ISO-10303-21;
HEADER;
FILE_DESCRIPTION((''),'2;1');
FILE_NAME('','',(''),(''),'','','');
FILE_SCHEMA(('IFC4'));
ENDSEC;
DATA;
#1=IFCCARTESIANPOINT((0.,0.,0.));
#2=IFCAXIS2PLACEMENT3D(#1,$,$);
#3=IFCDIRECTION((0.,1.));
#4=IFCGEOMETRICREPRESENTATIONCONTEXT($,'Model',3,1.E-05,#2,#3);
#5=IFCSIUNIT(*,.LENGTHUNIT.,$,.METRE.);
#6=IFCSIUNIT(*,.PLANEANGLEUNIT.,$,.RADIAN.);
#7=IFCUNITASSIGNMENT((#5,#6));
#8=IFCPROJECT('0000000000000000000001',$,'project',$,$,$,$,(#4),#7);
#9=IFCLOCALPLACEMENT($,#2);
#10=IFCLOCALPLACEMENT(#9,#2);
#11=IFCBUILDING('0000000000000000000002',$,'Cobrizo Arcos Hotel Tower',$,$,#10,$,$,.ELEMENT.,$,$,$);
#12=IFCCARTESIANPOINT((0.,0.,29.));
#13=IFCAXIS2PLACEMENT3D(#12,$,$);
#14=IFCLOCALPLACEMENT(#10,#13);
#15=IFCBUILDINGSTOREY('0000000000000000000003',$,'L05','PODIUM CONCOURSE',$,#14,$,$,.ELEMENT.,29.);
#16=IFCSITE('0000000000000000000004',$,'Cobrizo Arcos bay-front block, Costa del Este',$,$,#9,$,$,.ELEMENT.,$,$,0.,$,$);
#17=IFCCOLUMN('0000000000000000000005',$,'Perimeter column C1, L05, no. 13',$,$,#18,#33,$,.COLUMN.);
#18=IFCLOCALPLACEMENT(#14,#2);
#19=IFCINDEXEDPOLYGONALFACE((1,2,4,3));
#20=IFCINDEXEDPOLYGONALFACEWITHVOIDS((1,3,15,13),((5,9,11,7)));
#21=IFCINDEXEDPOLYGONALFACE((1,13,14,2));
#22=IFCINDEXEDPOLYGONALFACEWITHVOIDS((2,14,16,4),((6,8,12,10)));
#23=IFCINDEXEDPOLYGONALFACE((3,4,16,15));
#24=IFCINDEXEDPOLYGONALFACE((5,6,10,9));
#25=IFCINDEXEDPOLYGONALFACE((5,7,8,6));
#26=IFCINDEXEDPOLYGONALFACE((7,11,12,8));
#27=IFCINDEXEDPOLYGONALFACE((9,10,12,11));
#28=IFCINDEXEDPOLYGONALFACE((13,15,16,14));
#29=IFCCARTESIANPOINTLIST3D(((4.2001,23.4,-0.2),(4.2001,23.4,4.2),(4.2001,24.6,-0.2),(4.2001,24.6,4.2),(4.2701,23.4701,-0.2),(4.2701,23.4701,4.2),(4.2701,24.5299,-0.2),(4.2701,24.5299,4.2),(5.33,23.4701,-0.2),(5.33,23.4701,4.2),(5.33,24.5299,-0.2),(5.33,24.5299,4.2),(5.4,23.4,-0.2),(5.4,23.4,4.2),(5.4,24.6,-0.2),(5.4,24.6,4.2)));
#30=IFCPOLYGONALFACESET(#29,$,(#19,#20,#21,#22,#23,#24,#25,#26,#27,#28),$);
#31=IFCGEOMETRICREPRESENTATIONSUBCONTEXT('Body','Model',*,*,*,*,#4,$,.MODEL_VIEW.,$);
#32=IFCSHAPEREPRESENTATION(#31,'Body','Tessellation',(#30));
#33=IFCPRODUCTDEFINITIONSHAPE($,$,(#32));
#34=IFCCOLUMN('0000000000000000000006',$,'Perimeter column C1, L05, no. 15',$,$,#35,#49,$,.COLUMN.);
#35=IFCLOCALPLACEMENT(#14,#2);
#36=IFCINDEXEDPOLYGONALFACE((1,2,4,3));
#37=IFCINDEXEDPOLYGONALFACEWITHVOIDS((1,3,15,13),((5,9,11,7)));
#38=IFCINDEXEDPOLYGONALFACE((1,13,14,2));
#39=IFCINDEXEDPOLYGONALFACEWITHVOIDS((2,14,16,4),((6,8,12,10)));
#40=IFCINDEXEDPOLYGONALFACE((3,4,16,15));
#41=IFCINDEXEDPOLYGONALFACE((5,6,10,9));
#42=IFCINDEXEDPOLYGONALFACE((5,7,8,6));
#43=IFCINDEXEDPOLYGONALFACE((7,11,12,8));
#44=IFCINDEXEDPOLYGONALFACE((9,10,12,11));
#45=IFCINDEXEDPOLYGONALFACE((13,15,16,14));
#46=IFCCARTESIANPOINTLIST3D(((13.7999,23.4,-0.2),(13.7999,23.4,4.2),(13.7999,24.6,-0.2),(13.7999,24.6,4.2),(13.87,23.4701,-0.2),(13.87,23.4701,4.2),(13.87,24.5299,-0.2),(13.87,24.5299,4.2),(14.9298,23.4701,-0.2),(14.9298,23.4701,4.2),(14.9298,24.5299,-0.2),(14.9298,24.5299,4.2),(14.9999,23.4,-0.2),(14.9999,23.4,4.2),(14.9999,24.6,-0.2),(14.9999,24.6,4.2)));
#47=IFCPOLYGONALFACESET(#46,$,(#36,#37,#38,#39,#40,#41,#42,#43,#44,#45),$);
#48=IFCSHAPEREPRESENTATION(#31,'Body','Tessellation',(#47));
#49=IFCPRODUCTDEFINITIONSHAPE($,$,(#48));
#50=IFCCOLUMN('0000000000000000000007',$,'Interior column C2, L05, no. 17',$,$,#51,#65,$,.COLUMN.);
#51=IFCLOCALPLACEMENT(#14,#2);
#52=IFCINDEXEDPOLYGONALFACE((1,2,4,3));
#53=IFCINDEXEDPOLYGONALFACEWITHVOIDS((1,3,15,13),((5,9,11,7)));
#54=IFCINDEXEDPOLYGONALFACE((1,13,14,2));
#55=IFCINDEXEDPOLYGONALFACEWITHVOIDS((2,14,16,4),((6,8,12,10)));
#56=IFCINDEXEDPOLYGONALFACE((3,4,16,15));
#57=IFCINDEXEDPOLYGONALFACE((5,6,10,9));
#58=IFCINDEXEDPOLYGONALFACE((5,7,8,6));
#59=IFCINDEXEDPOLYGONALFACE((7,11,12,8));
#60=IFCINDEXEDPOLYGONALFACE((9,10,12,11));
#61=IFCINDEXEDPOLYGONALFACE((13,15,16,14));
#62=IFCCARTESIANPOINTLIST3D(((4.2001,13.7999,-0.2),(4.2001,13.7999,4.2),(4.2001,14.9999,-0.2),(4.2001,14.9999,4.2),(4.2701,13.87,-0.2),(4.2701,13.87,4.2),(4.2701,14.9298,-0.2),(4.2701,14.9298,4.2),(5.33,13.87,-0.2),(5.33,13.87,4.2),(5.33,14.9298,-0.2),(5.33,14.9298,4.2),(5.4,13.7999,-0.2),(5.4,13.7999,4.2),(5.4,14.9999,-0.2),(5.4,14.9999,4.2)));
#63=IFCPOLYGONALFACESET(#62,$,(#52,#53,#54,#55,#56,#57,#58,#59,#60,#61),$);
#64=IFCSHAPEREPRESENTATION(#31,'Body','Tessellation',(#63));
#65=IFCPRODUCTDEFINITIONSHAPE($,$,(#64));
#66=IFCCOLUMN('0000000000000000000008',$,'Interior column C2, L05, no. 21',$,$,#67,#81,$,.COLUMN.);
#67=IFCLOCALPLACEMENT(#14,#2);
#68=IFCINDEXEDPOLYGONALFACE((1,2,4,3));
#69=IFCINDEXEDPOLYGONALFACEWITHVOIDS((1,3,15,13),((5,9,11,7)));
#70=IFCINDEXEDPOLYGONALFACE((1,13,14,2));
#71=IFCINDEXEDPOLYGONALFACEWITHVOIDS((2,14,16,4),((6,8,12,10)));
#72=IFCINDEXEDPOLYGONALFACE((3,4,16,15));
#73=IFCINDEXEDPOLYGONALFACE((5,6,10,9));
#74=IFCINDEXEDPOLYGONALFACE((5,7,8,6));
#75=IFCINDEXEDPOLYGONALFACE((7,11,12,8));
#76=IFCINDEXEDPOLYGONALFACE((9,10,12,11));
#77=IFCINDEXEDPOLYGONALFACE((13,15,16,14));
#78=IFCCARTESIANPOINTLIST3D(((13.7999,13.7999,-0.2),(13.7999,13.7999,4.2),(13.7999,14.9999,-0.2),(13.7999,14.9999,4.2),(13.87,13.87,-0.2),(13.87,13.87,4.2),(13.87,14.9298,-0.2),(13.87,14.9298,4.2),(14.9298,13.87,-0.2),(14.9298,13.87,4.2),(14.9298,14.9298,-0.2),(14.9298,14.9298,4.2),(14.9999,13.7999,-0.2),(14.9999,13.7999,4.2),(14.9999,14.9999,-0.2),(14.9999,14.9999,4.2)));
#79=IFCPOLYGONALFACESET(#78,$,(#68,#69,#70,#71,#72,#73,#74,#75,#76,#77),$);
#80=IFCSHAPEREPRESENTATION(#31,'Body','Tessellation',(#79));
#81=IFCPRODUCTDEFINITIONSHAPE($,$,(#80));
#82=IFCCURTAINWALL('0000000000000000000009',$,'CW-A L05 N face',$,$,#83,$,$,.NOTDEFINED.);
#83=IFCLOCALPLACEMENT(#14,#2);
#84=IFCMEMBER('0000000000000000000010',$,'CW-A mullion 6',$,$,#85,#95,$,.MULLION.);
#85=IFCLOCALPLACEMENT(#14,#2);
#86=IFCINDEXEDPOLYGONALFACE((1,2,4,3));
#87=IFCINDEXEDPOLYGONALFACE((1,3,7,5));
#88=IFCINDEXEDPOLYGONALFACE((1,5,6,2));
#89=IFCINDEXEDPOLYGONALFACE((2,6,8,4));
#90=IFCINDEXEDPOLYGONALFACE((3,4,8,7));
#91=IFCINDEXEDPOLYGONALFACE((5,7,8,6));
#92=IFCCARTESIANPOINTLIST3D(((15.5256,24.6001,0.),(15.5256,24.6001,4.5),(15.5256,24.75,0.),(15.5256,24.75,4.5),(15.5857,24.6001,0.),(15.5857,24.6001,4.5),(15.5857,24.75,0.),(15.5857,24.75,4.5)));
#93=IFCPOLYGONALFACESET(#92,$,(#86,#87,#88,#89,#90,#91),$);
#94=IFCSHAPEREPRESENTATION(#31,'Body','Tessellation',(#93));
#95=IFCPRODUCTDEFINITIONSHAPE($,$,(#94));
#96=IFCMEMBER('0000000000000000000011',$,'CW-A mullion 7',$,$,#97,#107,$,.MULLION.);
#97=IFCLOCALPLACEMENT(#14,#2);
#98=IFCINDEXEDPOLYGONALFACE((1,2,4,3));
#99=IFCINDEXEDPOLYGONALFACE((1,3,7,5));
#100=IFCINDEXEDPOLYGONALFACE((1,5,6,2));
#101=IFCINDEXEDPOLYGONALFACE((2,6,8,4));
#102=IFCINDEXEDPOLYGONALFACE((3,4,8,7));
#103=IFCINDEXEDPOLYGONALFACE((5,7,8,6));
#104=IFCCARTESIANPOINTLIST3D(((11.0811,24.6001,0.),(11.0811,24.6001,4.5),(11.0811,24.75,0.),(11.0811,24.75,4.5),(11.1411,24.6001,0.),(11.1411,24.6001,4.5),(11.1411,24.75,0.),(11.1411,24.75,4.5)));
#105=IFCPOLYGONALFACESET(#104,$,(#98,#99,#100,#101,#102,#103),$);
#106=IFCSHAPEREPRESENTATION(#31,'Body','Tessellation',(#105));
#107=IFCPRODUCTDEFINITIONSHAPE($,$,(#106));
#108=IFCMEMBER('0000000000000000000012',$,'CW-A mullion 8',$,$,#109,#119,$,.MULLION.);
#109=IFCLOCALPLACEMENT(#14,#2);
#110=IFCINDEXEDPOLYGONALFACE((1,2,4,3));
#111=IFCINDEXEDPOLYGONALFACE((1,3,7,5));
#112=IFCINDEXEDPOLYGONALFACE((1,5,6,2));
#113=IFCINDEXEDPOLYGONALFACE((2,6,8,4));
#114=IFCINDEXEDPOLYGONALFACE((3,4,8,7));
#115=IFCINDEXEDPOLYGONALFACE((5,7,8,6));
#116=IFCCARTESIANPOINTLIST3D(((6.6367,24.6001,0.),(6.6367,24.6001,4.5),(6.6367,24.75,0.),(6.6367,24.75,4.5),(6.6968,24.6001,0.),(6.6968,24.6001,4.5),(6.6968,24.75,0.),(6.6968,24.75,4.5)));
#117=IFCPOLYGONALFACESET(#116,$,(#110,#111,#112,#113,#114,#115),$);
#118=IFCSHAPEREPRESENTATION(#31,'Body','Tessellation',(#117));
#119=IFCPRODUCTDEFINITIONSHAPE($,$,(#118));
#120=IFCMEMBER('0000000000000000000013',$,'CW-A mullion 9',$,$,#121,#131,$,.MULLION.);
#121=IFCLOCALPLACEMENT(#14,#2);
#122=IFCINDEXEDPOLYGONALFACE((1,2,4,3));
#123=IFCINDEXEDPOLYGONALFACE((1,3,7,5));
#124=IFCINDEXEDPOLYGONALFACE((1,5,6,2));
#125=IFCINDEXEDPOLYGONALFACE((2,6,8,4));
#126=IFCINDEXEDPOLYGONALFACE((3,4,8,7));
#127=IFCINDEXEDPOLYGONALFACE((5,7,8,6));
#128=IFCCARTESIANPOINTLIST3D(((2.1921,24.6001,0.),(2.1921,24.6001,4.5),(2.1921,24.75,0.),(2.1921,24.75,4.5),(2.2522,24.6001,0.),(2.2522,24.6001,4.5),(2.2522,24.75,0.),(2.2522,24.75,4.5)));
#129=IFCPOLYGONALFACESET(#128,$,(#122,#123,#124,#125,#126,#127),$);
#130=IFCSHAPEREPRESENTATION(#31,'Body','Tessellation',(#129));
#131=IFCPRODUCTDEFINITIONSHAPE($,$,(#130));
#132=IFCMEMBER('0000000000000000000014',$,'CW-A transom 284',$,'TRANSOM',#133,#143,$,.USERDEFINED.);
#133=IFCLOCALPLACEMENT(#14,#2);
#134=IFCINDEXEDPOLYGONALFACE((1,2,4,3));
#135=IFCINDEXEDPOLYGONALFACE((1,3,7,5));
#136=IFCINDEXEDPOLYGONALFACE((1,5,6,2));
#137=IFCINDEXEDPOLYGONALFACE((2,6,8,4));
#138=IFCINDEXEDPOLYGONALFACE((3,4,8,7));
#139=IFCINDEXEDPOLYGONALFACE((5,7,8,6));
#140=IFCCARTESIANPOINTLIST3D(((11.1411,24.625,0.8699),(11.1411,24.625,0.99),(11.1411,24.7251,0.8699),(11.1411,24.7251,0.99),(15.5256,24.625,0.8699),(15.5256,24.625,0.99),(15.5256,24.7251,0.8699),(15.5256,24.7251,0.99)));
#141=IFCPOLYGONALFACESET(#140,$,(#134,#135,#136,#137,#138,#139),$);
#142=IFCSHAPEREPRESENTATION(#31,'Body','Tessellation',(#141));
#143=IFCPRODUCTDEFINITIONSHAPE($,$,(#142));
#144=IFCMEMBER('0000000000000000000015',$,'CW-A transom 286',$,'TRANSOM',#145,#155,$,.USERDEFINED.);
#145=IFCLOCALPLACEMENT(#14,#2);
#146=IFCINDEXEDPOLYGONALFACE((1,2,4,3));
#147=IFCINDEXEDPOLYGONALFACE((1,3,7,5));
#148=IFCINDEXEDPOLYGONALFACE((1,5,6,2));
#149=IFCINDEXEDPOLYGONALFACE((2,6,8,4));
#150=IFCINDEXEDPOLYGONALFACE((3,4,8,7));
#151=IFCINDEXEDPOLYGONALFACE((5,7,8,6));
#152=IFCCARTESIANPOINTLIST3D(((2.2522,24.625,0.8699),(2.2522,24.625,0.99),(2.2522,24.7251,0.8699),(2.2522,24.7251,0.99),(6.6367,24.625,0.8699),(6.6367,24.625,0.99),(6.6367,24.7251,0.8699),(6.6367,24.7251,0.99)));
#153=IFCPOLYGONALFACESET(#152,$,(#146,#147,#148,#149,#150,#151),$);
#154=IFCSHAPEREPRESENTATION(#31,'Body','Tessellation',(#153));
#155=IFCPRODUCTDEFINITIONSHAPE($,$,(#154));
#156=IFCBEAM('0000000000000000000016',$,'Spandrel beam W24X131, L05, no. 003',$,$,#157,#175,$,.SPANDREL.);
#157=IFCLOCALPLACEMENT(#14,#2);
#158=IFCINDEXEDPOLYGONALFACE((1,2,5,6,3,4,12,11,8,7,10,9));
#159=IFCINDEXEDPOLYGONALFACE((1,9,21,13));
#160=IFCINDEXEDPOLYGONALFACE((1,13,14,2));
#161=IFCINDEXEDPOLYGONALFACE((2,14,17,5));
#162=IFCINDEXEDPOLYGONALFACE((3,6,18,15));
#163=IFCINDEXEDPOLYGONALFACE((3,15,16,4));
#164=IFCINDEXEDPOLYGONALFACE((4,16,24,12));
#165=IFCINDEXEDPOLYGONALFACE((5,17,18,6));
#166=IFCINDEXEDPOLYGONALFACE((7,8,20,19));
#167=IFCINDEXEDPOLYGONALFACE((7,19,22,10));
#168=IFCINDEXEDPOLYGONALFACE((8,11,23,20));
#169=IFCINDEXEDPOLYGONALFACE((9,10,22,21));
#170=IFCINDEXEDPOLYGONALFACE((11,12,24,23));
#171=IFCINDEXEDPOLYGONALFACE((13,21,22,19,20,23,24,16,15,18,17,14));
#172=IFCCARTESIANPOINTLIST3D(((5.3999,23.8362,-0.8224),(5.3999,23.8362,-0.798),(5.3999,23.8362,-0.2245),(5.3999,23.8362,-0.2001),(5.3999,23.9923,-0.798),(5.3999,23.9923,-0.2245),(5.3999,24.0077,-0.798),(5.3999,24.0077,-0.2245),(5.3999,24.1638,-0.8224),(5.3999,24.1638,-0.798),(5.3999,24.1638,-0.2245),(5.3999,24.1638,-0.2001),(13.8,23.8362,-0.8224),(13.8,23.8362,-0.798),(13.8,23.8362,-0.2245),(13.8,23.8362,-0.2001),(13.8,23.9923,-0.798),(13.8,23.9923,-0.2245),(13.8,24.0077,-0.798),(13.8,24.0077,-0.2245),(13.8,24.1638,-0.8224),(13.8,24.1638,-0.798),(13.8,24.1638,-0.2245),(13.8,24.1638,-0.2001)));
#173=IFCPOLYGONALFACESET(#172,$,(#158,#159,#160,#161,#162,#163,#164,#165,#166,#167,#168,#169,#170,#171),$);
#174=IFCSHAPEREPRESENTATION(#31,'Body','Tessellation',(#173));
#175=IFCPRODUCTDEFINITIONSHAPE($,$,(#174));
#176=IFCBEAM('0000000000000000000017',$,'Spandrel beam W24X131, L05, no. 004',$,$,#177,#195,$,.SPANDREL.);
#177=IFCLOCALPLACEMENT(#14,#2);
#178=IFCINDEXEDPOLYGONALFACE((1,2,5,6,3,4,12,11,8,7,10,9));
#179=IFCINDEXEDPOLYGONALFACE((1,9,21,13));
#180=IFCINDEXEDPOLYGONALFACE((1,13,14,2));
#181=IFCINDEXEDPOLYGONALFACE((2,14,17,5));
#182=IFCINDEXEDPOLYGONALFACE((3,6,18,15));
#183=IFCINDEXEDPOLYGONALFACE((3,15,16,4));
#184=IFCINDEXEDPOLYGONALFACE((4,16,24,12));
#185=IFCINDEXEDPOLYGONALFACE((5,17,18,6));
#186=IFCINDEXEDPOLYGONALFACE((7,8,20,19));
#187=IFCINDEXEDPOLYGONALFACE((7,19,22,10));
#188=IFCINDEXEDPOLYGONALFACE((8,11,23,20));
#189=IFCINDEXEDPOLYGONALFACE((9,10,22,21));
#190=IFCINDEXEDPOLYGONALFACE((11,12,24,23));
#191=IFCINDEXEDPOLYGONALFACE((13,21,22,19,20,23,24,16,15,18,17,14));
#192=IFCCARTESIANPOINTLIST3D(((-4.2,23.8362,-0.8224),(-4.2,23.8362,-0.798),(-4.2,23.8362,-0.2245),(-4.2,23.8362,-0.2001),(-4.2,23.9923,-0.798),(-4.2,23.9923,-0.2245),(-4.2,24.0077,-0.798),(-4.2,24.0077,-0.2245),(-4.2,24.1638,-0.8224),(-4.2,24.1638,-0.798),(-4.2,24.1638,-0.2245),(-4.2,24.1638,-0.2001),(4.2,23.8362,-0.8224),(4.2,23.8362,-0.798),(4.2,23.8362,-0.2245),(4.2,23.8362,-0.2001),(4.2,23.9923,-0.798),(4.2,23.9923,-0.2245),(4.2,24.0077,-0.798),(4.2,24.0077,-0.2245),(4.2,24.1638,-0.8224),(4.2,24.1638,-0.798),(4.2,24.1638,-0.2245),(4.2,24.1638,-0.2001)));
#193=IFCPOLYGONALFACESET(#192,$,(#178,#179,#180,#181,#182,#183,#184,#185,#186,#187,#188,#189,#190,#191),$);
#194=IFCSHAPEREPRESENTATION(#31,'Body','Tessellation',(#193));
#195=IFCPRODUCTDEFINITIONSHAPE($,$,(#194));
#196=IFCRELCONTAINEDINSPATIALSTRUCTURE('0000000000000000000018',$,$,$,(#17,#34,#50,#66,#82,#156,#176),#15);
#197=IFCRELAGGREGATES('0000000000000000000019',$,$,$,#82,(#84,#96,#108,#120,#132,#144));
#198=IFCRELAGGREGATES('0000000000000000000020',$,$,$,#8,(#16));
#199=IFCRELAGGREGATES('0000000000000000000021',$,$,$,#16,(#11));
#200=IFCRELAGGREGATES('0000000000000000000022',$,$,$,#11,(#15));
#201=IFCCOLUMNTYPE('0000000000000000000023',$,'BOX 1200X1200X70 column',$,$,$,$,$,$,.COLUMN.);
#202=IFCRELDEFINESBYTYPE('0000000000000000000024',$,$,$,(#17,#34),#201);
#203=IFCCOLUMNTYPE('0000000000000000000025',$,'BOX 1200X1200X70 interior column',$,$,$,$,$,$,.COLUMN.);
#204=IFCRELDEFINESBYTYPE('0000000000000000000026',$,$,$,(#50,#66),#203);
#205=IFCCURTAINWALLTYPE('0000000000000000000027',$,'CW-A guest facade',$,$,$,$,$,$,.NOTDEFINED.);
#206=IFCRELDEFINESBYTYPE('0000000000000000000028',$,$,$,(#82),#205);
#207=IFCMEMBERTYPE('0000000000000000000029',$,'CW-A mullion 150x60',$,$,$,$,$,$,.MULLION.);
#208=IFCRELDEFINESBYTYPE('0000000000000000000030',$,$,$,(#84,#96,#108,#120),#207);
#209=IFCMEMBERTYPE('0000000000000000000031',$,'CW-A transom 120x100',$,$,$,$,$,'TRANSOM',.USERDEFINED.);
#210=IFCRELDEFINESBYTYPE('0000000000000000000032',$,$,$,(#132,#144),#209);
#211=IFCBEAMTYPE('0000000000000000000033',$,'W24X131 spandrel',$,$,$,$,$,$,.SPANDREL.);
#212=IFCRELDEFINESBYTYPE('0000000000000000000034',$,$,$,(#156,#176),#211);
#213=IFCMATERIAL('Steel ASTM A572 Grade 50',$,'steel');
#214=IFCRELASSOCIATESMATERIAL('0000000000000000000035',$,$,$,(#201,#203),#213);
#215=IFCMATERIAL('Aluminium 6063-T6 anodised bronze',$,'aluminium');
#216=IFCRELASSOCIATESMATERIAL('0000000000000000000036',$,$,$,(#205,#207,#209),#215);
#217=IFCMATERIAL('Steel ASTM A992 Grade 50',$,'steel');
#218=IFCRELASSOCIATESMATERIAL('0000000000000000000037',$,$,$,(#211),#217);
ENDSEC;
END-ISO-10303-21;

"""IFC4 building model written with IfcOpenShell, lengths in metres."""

from ifc_helpers import new_model, si_unit, direction, frame, origin, origin_2d, place, context, subcontext, project, spatial, rectangle, hollow_rectangle, i_section, extrude, material, material_profile, profile_set, type_object, element, aggregate, save


model = new_model("IFC4")

# Units and contexts
model_context = context("Model", 3, precision=1e-05, world=origin(), true_north=direction((0.0, 1.0)))
body_context = subcontext(model_context, "Body", "Model", "MODEL_VIEW")
ifc_project = project(units=[si_unit("LENGTHUNIT", "METRE"), si_unit("PLANEANGLEUNIT", "RADIAN")], contexts=[model_context])

# Site, building, storey
site_placement = place(None, origin())
site = spatial("IfcSite", under=ifc_project, at=site_placement, Name="Cobrizo Arcos bay-front block, Costa del Este", CompositionType="ELEMENT", RefElevation=0.0)
building_placement = place(site_placement, origin())
building = spatial("IfcBuilding", under=site, at=building_placement, Name="Cobrizo Arcos Hotel Tower", CompositionType="ELEMENT")
storey_placement = place(building_placement, frame((0.0, 0.0, 29.0)))
storey = spatial("IfcBuildingStorey", under=building, at=storey_placement, Name="L05", Description="PODIUM CONCOURSE", CompositionType="ELEMENT", Elevation=29.0)

# Columns
ifc_material_1 = material(Name="Steel ASTM A572 Grade 50", Category="steel")
ifc_material_profile_1 = material_profile(ifc_material_1, hollow_rectangle(XDim=1.2, YDim=1.2, WallThickness=0.0701, at=origin_2d()), Name="BOX 1200X1200X70")
ifc_profile_set_1 = profile_set([ifc_material_profile_1], Name="Steel ASTM A572 Grade 50")
column_type_1 = type_object("IfcColumnType", Name="BOX 1200X1200X70 column", PredefinedType="COLUMN", material=ifc_profile_set_1)
for number, where, z_axis, x_axis, name in (
    (1, (4.8, 24.0, -0.2), (0.0, 0.0, 1.0), (1.0, 0.0, 0.0), "Perimeter column C1, L05, no. 13"),
    (2, (14.3999, 24.0, -0.2), (0.0, 0.0, 1.0), (1.0, 0.0, 0.0), "Perimeter column C1, L05, no. 15"),
):
    element("IfcColumn", number, at=place(storey_placement, frame(where, z_axis=z_axis, x_axis=x_axis)), inside=storey, type_object=column_type_1, Name=name, PredefinedType="COLUMN", context=body_context, shape_type="SweptSolid", body=[
        extrude(hollow_rectangle(XDim=1.2, YDim=1.2, WallThickness=0.0701, at=origin_2d()), origin(), (0.0, 0.0, 1.0), 4.3999),
    ])
ifc_material_profile_2 = material_profile(ifc_material_1, hollow_rectangle(XDim=1.2, YDim=1.2, WallThickness=0.0701, at=origin_2d()), Name="BOX 1200X1200X70")
ifc_profile_set_2 = profile_set([ifc_material_profile_2], Name="Steel ASTM A572 Grade 50")
column_type_2 = type_object("IfcColumnType", Name="BOX 1200X1200X70 interior column", PredefinedType="COLUMN", material=ifc_profile_set_2)
for number, where, z_axis, x_axis, name in (
    (3, (4.8, 14.3999, -0.2), (0.0, 0.0, 1.0), (1.0, 0.0, 0.0), "Interior column C2, L05, no. 17"),
    (4, (14.3999, 14.3999, -0.2), (0.0, 0.0, 1.0), (1.0, 0.0, 0.0), "Interior column C2, L05, no. 21"),
):
    element("IfcColumn", number, at=place(storey_placement, frame(where, z_axis=z_axis, x_axis=x_axis)), inside=storey, type_object=column_type_2, Name=name, PredefinedType="COLUMN", context=body_context, shape_type="SweptSolid", body=[
        extrude(hollow_rectangle(XDim=1.2, YDim=1.2, WallThickness=0.0701, at=origin_2d()), origin(), (0.0, 0.0, 1.0), 4.3999),
    ])

# Curtain wall, members
ifc_material_2 = material(Name="Aluminium 6063-T6 anodised bronze", Category="aluminium")
curtain_wall_type = type_object("IfcCurtainWallType", Name="CW-A guest facade", PredefinedType="NOTDEFINED", material=ifc_material_2)
curtain_wall_placement = place(storey_placement, origin())
curtain_wall = element("IfcCurtainWall", 5, at=curtain_wall_placement, inside=storey, type_object=curtain_wall_type, Name="CW-A L05 N face", PredefinedType="NOTDEFINED")
ifc_material_profile_3 = material_profile(ifc_material_2, rectangle(XDim=0.1499, YDim=0.0601, at=origin_2d()), Name="CW-A mullion 150x60")
ifc_profile_set_3 = profile_set([ifc_material_profile_3], Name="Aluminium 6063-T6 anodised bronze")
member_type_1 = type_object("IfcMemberType", Name="CW-A mullion 150x60", PredefinedType="MULLION", material=ifc_profile_set_3)
member_1_placement = place(storey_placement, frame((15.5557, 24.675, 0.0), z_axis=(0.0, 0.0, 1.0), x_axis=(0.0, 1.0, 0.0)))
member_1 = element("IfcMember", 6, at=member_1_placement, type_object=member_type_1, Name="CW-A mullion 6", PredefinedType="MULLION", context=body_context, shape_type="SweptSolid", body=[
    extrude(rectangle(XDim=0.1499, YDim=0.0601, at=origin_2d()), origin(), (0.0, 0.0, 1.0), 4.5),
])
member_2_placement = place(storey_placement, frame((11.1111, 24.675, 0.0), z_axis=(0.0, 0.0, 1.0), x_axis=(0.0, 1.0, 0.0)))
member_2 = element("IfcMember", 7, at=member_2_placement, type_object=member_type_1, Name="CW-A mullion 7", PredefinedType="MULLION", context=body_context, shape_type="SweptSolid", body=[
    extrude(rectangle(XDim=0.1499, YDim=0.0601, at=origin_2d()), origin(), (0.0, 0.0, 1.0), 4.5),
])
member_3_placement = place(storey_placement, frame((6.6667, 24.675, 0.0), z_axis=(0.0, 0.0, 1.0), x_axis=(0.0, 1.0, 0.0)))
member_3 = element("IfcMember", 8, at=member_3_placement, type_object=member_type_1, Name="CW-A mullion 8", PredefinedType="MULLION", context=body_context, shape_type="SweptSolid", body=[
    extrude(rectangle(XDim=0.1499, YDim=0.0601, at=origin_2d()), origin(), (0.0, 0.0, 1.0), 4.5),
])
member_4_placement = place(storey_placement, frame((2.2222, 24.675, 0.0), z_axis=(0.0, 0.0, 1.0), x_axis=(0.0, 1.0, 0.0)))
member_4 = element("IfcMember", 9, at=member_4_placement, type_object=member_type_1, Name="CW-A mullion 9", PredefinedType="MULLION", context=body_context, shape_type="SweptSolid", body=[
    extrude(rectangle(XDim=0.1499, YDim=0.0601, at=origin_2d()), origin(), (0.0, 0.0, 1.0), 4.5),
])
ifc_material_profile_4 = material_profile(ifc_material_2, rectangle(XDim=0.1001, YDim=0.1201, at=origin_2d()), Name="CW-A transom 120x100")
ifc_profile_set_4 = profile_set([ifc_material_profile_4], Name="Aluminium 6063-T6 anodised bronze")
member_type_2 = type_object("IfcMemberType", Name="CW-A transom 120x100", ElementType="TRANSOM", PredefinedType="USERDEFINED", material=ifc_profile_set_4)
member_5_placement = place(storey_placement, frame((15.5256, 24.675, 0.9299), z_axis=(-1.0, 0.0, 0.0), x_axis=(0.0, -1.0, 0.0)))
member_5 = element("IfcMember", 10, at=member_5_placement, type_object=member_type_2, Name="CW-A transom 284", ObjectType="TRANSOM", PredefinedType="USERDEFINED", context=body_context, shape_type="SweptSolid", body=[
    extrude(rectangle(XDim=0.1001, YDim=0.1201, at=origin_2d()), origin(), (0.0, 0.0, 1.0), 4.3845),
])
member_6_placement = place(storey_placement, frame((6.6367, 24.675, 0.9299), z_axis=(-1.0, 0.0, 0.0), x_axis=(0.0, -1.0, 0.0)))
member_6 = element("IfcMember", 11, at=member_6_placement, type_object=member_type_2, Name="CW-A transom 286", ObjectType="TRANSOM", PredefinedType="USERDEFINED", context=body_context, shape_type="SweptSolid", body=[
    extrude(rectangle(XDim=0.1001, YDim=0.1201, at=origin_2d()), origin(), (0.0, 0.0, 1.0), 4.3845),
])

# Beams
ifc_material_3 = material(Name="Steel ASTM A992 Grade 50", Category="steel")
ifc_material_profile_5 = material_profile(ifc_material_3, i_section(OverallWidth=0.3276, OverallDepth=0.6223, WebThickness=0.0154, FlangeThickness=0.0244, at=origin_2d()), Name="W24X131")
ifc_profile_set_5 = profile_set([ifc_material_profile_5], Name="Steel ASTM A992 Grade 50")
beam_type_1 = type_object("IfcBeamType", Name="W24X131 spandrel", PredefinedType="SPANDREL", material=ifc_profile_set_5)
beam_1_placement = place(storey_placement, frame((13.8, 24.0, -0.5112), z_axis=(-1.0, 0.0, 0.0), x_axis=(0.0, -1.0, 0.0)))
element("IfcBeam", 12, at=beam_1_placement, inside=storey, type_object=beam_type_1, Name="Spandrel beam W24X131, L05, no. 003", PredefinedType="SPANDREL", context=body_context, shape_type="SweptSolid", body=[
    extrude(i_section(OverallWidth=0.3276, OverallDepth=0.6223, WebThickness=0.0154, FlangeThickness=0.0244, at=origin_2d()), origin(), (0.0, 0.0, 1.0), 8.4001),
])
beam_2_placement = place(storey_placement, frame((4.2, 24.0, -0.5112), z_axis=(-1.0, 0.0, 0.0), x_axis=(0.0, -1.0, 0.0)))
element("IfcBeam", 13, at=beam_2_placement, inside=storey, type_object=beam_type_1, Name="Spandrel beam W24X131, L05, no. 004", PredefinedType="SPANDREL", context=body_context, shape_type="SweptSolid", body=[
    extrude(i_section(OverallWidth=0.3276, OverallDepth=0.6223, WebThickness=0.0154, FlangeThickness=0.0244, at=origin_2d()), origin(), (0.0, 0.0, 1.0), 8.3999),
])

aggregate(curtain_wall, [member_1, member_2, member_3, member_4, member_5, member_6])

save(model, "model.ifc")
